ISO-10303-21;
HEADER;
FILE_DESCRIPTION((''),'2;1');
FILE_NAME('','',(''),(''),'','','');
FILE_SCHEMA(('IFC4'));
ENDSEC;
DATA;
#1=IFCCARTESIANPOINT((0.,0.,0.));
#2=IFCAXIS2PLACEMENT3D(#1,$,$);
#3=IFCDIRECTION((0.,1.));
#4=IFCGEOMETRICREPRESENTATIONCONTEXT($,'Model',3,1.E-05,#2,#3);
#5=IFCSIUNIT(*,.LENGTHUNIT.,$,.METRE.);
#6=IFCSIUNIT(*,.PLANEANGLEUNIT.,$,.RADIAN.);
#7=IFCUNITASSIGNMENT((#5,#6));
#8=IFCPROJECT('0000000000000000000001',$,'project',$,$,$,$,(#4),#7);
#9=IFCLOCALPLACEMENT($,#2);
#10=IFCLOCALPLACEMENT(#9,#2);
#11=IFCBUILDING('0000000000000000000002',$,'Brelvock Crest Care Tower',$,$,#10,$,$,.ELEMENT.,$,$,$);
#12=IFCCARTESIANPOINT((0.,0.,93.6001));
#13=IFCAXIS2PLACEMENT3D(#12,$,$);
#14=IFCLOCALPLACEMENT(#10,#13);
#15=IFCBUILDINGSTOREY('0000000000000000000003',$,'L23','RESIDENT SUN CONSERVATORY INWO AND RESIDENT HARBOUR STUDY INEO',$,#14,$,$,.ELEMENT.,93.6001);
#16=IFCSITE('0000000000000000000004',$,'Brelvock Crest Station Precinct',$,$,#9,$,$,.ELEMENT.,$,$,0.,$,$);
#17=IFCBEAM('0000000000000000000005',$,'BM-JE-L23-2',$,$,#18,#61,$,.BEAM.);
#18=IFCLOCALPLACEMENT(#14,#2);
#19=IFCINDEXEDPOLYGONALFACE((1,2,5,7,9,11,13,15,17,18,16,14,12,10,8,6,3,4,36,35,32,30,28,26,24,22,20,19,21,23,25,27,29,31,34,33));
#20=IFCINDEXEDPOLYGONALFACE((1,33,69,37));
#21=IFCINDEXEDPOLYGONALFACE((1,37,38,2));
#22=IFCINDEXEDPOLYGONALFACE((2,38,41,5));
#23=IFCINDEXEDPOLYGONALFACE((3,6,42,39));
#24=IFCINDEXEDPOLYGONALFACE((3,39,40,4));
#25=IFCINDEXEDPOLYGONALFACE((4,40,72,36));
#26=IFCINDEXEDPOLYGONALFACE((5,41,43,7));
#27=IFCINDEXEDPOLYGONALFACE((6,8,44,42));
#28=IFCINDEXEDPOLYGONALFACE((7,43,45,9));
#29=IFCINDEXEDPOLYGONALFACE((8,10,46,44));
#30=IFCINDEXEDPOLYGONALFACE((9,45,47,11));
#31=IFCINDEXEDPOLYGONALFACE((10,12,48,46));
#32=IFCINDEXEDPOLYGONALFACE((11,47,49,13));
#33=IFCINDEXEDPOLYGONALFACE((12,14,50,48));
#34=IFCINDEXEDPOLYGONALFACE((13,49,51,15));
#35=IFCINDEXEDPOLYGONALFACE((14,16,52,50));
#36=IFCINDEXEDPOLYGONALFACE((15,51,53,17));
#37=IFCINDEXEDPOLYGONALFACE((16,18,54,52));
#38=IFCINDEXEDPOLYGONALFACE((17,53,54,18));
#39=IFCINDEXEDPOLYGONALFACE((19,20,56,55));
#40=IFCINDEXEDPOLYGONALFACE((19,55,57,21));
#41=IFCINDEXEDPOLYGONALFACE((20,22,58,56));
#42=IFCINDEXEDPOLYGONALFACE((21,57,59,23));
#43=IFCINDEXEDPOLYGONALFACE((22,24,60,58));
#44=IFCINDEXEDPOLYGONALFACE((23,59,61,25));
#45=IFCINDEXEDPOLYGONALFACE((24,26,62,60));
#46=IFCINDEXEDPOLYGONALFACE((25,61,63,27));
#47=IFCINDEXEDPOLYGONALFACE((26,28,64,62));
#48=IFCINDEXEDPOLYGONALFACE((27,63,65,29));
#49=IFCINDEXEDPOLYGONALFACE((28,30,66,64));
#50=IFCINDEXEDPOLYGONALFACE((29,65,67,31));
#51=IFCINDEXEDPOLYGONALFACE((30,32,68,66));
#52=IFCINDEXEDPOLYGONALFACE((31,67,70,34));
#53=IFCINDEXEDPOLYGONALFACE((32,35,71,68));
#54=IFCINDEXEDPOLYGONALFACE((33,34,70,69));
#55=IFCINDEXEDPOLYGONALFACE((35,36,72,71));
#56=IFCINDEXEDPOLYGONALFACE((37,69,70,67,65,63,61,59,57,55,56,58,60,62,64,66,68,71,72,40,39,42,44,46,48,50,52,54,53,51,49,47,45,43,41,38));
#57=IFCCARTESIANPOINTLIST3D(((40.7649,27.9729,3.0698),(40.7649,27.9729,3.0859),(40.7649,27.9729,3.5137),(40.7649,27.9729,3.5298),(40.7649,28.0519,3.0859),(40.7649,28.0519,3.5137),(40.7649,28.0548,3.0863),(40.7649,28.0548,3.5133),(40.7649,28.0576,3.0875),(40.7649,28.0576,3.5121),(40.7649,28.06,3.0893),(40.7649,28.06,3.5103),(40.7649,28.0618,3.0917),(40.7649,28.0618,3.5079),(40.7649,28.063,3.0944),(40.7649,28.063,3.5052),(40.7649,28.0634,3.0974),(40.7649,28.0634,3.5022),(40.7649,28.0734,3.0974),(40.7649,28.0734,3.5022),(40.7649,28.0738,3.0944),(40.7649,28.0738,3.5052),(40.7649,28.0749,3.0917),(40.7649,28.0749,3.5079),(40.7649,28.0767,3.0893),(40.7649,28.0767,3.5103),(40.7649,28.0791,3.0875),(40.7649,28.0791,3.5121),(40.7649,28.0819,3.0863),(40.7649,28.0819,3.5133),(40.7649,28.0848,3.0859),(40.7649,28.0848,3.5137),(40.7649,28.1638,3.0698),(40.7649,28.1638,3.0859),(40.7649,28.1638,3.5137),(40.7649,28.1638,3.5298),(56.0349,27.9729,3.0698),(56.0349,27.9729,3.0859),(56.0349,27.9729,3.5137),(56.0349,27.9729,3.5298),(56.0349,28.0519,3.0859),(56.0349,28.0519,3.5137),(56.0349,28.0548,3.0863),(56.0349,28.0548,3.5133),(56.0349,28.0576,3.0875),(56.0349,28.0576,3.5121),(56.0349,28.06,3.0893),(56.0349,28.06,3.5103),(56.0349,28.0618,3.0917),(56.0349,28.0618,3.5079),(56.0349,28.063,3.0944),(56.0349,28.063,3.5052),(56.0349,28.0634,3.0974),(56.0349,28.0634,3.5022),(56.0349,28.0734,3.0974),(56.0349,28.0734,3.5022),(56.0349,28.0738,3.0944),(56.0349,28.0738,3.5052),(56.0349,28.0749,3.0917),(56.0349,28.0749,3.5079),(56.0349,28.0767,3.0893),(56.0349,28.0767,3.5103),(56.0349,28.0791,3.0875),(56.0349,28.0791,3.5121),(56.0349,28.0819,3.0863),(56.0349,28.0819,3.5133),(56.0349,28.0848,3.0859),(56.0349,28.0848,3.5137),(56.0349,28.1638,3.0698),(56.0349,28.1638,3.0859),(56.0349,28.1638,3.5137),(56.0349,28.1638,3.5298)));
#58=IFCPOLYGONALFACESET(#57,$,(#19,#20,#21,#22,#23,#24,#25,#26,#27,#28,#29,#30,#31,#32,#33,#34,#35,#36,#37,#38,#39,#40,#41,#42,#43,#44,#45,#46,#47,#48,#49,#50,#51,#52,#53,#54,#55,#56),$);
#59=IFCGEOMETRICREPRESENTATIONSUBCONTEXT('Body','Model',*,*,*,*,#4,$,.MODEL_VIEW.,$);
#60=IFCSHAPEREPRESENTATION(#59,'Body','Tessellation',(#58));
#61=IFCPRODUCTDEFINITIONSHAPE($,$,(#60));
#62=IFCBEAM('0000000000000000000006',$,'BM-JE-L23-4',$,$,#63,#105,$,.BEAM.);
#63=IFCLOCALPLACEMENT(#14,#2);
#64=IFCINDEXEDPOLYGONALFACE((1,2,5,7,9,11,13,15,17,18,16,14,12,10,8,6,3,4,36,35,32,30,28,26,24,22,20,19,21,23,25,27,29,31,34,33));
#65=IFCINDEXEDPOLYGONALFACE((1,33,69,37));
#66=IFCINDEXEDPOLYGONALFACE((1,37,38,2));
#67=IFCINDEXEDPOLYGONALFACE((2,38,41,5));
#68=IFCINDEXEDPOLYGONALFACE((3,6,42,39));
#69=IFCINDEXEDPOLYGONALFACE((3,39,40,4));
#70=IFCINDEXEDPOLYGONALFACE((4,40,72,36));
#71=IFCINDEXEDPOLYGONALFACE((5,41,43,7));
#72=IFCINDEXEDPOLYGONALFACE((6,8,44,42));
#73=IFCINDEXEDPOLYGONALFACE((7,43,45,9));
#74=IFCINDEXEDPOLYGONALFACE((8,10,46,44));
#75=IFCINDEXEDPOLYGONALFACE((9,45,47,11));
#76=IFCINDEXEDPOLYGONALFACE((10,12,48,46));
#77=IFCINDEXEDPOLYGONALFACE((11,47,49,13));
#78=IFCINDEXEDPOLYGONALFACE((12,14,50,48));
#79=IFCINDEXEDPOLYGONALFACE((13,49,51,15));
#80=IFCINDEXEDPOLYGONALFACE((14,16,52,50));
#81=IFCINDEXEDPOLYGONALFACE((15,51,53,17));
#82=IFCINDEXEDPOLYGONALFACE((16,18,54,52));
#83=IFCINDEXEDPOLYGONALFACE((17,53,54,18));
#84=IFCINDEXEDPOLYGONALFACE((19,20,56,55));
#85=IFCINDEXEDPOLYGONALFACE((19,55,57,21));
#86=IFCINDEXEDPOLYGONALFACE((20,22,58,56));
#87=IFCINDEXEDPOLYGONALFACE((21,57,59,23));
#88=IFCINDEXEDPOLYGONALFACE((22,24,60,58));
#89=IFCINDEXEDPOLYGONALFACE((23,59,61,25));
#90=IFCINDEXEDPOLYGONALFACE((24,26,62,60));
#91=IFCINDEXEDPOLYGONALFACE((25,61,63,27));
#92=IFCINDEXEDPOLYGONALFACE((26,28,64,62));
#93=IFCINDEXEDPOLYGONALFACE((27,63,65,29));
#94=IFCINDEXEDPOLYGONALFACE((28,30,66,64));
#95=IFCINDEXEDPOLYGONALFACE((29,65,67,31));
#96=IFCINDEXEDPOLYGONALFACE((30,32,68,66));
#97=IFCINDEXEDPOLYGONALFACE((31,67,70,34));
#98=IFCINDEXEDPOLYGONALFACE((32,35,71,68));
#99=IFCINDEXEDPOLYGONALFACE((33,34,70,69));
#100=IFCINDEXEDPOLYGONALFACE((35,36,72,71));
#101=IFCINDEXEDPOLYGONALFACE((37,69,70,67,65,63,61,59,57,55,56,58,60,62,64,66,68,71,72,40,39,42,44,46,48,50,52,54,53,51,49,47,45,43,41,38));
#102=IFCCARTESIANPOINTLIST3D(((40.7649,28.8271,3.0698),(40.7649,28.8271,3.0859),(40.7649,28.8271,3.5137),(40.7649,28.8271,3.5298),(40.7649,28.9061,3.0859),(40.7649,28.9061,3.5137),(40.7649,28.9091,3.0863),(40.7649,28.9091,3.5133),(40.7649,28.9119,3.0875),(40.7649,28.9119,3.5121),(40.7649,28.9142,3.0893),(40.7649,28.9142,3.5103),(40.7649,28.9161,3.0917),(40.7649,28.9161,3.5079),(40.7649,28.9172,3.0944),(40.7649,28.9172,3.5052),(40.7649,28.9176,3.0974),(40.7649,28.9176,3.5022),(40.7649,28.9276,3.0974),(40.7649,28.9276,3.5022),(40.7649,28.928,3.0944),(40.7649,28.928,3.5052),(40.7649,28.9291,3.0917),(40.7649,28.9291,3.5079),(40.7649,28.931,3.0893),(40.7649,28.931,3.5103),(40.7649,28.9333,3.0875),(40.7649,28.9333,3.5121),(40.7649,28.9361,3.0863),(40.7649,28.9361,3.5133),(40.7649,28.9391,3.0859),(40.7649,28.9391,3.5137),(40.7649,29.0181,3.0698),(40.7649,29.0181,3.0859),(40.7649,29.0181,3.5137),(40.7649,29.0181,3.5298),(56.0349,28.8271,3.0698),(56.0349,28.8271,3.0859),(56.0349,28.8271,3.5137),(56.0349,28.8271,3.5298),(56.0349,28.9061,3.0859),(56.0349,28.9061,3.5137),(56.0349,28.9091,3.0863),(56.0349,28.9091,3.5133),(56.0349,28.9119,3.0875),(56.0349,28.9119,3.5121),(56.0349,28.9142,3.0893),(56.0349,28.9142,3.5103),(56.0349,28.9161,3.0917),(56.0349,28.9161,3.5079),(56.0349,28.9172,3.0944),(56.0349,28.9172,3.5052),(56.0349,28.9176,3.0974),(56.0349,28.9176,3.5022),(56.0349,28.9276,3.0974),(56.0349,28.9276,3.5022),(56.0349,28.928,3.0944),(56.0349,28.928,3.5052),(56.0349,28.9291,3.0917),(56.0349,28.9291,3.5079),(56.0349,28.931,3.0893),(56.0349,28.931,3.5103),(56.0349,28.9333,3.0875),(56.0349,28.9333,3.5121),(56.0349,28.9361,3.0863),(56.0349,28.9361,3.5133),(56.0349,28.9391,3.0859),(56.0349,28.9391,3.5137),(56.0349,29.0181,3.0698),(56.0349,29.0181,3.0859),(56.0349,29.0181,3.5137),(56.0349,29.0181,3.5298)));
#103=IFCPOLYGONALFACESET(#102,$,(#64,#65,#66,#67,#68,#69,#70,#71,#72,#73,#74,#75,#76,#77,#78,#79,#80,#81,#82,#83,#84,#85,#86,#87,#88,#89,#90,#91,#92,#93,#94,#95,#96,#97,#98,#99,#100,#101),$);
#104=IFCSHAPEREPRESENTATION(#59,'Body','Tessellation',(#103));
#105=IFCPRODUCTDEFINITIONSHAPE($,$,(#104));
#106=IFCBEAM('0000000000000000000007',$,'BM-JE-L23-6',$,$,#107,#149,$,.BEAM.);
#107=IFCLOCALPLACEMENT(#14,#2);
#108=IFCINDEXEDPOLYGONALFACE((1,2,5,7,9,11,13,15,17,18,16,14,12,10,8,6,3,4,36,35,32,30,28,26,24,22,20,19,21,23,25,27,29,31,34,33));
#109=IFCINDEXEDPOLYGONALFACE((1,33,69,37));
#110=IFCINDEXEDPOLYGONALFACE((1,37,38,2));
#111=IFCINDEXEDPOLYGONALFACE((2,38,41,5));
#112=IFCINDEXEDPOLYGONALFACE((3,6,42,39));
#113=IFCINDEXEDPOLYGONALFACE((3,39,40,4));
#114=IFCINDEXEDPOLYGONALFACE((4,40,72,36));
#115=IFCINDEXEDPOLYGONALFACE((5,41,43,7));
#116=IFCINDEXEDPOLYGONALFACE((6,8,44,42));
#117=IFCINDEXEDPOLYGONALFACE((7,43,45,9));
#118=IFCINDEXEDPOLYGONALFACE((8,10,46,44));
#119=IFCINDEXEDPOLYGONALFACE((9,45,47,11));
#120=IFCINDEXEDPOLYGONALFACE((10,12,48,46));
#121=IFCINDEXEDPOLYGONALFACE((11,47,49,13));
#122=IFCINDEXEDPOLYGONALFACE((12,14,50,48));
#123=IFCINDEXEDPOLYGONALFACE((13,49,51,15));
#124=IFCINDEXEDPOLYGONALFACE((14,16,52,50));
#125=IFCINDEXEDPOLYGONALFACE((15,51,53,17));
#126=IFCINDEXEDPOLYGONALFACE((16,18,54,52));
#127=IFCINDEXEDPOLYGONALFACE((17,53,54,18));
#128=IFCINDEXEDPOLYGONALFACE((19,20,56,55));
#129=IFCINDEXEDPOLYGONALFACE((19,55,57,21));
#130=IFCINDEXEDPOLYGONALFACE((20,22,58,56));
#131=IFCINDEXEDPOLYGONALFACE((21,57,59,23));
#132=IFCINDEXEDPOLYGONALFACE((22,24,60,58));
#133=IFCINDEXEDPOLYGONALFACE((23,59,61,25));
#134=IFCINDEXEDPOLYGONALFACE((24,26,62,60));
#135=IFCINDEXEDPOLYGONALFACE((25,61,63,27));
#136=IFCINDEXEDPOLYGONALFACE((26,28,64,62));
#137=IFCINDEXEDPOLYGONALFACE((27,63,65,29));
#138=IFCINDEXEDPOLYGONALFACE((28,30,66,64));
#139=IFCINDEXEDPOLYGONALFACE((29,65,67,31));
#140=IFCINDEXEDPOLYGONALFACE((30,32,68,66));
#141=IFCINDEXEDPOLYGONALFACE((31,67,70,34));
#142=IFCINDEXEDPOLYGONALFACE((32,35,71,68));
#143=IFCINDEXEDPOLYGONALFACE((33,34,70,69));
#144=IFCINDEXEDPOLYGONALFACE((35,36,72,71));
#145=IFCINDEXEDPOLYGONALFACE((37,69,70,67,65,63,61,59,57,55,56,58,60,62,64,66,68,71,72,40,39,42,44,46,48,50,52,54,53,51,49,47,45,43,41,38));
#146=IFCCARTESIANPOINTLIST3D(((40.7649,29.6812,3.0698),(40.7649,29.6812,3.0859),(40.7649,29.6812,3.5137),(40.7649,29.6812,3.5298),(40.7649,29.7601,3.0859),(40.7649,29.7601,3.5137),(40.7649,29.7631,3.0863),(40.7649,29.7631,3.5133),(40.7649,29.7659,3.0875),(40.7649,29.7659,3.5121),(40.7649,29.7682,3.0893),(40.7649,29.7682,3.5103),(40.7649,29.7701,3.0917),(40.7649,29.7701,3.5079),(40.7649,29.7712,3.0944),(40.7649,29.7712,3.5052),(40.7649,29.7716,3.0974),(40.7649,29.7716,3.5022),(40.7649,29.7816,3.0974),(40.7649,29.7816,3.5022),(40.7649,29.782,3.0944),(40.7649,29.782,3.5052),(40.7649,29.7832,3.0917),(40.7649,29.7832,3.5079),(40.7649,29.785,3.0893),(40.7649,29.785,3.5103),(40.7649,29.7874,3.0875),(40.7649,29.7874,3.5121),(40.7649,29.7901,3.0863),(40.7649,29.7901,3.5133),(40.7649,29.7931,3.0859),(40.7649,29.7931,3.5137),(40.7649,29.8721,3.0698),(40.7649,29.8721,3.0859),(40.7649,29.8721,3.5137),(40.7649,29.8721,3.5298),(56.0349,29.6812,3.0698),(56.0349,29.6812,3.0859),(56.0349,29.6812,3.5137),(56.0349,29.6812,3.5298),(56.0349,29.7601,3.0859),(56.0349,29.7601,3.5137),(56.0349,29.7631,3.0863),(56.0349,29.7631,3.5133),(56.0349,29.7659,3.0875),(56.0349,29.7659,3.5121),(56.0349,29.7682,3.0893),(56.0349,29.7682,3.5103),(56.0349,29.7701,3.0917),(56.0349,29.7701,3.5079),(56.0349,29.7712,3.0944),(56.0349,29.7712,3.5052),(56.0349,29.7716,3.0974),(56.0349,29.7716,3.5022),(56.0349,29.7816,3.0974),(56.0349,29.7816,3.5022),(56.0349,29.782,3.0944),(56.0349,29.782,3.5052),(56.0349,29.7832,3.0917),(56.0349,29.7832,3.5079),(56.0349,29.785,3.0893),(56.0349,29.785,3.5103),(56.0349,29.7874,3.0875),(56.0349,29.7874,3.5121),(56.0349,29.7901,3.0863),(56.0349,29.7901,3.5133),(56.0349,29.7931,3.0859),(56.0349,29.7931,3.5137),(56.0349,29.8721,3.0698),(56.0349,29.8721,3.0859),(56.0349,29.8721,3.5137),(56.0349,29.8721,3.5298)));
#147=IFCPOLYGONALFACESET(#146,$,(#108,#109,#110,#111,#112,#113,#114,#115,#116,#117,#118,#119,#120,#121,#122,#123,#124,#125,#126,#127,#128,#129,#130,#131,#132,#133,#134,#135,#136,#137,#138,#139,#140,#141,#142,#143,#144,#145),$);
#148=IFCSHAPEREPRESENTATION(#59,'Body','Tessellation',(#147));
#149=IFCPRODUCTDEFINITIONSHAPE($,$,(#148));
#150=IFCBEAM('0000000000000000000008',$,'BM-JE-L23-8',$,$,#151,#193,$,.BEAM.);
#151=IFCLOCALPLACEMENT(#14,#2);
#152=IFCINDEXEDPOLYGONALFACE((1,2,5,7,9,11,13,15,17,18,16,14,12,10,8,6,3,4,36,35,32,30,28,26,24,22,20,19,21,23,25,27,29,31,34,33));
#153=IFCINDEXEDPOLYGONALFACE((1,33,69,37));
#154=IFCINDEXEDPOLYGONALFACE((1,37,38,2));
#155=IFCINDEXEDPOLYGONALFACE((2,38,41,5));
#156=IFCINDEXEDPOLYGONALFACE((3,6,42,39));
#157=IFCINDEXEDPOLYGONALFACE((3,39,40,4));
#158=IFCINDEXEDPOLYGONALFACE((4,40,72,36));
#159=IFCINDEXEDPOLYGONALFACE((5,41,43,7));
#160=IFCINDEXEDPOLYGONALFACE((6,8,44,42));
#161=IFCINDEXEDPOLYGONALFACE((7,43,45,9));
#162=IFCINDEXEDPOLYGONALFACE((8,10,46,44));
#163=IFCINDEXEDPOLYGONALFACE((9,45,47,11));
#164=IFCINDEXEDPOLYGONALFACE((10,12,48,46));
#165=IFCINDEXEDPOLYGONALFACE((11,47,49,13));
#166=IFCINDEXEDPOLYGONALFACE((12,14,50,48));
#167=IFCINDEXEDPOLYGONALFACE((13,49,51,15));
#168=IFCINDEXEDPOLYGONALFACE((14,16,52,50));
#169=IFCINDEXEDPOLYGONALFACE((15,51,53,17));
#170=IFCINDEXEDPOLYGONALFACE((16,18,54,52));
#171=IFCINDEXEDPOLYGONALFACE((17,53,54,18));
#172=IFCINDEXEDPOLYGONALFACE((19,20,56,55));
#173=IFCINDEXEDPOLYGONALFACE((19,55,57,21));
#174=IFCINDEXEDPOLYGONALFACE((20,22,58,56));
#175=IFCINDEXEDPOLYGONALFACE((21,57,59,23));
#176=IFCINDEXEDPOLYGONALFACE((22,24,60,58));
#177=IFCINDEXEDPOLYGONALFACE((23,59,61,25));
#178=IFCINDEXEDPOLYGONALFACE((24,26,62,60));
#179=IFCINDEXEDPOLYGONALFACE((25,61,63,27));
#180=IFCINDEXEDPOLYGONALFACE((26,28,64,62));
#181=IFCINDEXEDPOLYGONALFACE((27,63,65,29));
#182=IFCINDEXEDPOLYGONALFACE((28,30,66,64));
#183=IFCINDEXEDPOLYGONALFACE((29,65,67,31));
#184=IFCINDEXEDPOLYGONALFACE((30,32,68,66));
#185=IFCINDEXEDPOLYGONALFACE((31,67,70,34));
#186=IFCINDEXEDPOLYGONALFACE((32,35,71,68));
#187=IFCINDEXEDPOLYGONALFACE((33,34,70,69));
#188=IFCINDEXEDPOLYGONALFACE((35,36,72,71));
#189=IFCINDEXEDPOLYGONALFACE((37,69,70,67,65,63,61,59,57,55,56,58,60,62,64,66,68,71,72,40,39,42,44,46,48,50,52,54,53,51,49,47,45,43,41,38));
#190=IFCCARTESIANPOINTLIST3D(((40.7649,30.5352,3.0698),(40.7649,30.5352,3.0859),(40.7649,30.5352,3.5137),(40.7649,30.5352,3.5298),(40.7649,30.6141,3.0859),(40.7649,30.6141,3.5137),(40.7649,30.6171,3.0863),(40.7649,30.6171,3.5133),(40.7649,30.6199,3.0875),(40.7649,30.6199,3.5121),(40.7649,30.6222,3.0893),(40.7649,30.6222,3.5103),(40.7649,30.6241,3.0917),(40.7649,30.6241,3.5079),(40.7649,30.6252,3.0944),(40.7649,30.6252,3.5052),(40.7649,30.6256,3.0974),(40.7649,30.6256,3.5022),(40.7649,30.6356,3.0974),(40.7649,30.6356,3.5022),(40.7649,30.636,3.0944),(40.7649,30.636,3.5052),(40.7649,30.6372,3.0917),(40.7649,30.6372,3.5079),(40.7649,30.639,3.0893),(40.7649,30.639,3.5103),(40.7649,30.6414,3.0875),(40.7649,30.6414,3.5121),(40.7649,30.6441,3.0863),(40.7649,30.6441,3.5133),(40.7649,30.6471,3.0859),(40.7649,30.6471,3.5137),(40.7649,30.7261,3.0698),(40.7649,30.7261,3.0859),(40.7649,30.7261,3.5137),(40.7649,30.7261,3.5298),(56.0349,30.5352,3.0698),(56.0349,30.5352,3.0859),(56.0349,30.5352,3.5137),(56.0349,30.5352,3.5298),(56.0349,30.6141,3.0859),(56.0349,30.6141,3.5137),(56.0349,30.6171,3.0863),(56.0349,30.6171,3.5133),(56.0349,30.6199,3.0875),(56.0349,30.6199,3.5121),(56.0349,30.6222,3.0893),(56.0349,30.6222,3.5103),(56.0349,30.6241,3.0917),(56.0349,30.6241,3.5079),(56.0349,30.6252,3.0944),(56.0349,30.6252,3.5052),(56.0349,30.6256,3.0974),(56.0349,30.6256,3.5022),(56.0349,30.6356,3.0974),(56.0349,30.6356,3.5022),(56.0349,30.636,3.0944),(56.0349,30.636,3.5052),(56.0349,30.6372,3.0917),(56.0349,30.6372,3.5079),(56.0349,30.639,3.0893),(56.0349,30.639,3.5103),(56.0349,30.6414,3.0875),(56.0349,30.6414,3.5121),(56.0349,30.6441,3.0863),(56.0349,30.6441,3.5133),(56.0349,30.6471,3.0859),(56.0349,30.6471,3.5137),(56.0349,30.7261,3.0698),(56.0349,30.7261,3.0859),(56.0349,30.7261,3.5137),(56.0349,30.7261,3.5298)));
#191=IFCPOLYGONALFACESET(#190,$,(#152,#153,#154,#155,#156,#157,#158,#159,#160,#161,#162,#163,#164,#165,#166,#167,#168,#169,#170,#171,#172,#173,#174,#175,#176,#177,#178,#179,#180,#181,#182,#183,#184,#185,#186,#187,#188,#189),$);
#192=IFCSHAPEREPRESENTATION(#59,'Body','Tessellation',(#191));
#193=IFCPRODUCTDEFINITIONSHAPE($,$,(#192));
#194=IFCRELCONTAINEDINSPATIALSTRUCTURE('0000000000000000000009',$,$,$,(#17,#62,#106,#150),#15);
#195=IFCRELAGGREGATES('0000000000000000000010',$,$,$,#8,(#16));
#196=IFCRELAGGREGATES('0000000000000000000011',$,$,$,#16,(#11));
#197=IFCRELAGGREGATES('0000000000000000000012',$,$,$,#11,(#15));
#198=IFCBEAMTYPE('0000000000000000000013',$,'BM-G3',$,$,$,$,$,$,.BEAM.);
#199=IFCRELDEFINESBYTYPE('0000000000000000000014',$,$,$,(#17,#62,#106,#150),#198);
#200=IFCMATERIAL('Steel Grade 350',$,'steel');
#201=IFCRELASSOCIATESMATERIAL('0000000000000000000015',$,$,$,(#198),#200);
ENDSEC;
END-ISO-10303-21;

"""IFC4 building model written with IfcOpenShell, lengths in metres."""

from ifc_helpers import new_model, si_unit, direction, frame, origin, origin_2d, place, context, subcontext, project, spatial, i_section, extrude, source, transform, mapped, material, material_profile, profile_set, type_object, element, save


model = new_model("IFC4")

# Units and contexts
model_context = context("Model", 3, precision=1e-05, world=origin(), true_north=direction((0.0, 1.0)))
body_context = subcontext(model_context, "Body", "Model", "MODEL_VIEW")
ifc_project = project(units=[si_unit("LENGTHUNIT", "METRE"), si_unit("PLANEANGLEUNIT", "RADIAN")], contexts=[model_context])

# Site, building, storey
site_placement = place(None, origin())
site = spatial("IfcSite", under=ifc_project, at=site_placement, Name="Brelvock Crest Station Precinct", CompositionType="ELEMENT", RefElevation=0.0)
building_placement = place(site_placement, origin())
building = spatial("IfcBuilding", under=site, at=building_placement, Name="Brelvock Crest Care Tower", CompositionType="ELEMENT")
storey_placement = place(building_placement, frame((0.0, 0.0, 93.6001)))
storey = spatial("IfcBuildingStorey", under=building, at=storey_placement, Name="L23", Description="RESIDENT SUN CONSERVATORY INWO AND RESIDENT HARBOUR STUDY INEO", CompositionType="ELEMENT", Elevation=93.6001)

# Shared definitions
ifc_material_1 = material(Name="Steel Grade 350", Category="steel")

# Beams
ifc_material_profile_1 = material_profile(ifc_material_1, i_section(OverallWidth=0.1909, OverallDepth=0.46, WebThickness=0.01, FlangeThickness=0.0161, FilletRadius=0.0115, at=origin_2d()), Name="460UB82.1")
ifc_profile_set_1 = profile_set([ifc_material_profile_1], Name="Steel Grade 350")
beam_type_1 = type_object("IfcBeamType", Name="BM-G3", PredefinedType="BEAM", material=ifc_profile_set_1)
shared_shape_1 = source(origin(), body_context, "Body", "SweptSolid", [
    extrude(i_section(OverallWidth=0.1909, OverallDepth=0.46, WebThickness=0.01, FlangeThickness=0.0161, FilletRadius=0.0115, at=origin_2d()), origin(), (0.0, 0.0, 1.0), 15.27),
])
for number, where, z_axis, x_axis, name in (
    (1, (40.7649, 28.0684, 3.2998), (1.0, 0.0, 0.0), (0.0, 1.0, 0.0), "BM-JE-L23-2"),
    (2, (40.7649, 28.9226, 3.2998), (1.0, 0.0, 0.0), (0.0, 1.0, 0.0), "BM-JE-L23-4"),
    (3, (40.7649, 29.7766, 3.2998), (1.0, 0.0, 0.0), (0.0, 1.0, 0.0), "BM-JE-L23-6"),
    (4, (40.7649, 30.6306, 3.2998), (1.0, 0.0, 0.0), (0.0, 1.0, 0.0), "BM-JE-L23-8"),
):
    element("IfcBeam", number, at=place(storey_placement, frame(where, z_axis=z_axis, x_axis=x_axis)), inside=storey, type_object=beam_type_1, Name=name, PredefinedType="BEAM", context=body_context, shape_type="MappedRepresentation", body=[
        mapped(shared_shape_1, transform((0.0, 0.0, 0.0), x_axis=(1.0, 0.0, 0.0), y_axis=(0.0, 1.0, 0.0), z_axis=(0.0, 0.0, 1.0), scale=1.0)),
    ])

save(model, "model.ifc")
